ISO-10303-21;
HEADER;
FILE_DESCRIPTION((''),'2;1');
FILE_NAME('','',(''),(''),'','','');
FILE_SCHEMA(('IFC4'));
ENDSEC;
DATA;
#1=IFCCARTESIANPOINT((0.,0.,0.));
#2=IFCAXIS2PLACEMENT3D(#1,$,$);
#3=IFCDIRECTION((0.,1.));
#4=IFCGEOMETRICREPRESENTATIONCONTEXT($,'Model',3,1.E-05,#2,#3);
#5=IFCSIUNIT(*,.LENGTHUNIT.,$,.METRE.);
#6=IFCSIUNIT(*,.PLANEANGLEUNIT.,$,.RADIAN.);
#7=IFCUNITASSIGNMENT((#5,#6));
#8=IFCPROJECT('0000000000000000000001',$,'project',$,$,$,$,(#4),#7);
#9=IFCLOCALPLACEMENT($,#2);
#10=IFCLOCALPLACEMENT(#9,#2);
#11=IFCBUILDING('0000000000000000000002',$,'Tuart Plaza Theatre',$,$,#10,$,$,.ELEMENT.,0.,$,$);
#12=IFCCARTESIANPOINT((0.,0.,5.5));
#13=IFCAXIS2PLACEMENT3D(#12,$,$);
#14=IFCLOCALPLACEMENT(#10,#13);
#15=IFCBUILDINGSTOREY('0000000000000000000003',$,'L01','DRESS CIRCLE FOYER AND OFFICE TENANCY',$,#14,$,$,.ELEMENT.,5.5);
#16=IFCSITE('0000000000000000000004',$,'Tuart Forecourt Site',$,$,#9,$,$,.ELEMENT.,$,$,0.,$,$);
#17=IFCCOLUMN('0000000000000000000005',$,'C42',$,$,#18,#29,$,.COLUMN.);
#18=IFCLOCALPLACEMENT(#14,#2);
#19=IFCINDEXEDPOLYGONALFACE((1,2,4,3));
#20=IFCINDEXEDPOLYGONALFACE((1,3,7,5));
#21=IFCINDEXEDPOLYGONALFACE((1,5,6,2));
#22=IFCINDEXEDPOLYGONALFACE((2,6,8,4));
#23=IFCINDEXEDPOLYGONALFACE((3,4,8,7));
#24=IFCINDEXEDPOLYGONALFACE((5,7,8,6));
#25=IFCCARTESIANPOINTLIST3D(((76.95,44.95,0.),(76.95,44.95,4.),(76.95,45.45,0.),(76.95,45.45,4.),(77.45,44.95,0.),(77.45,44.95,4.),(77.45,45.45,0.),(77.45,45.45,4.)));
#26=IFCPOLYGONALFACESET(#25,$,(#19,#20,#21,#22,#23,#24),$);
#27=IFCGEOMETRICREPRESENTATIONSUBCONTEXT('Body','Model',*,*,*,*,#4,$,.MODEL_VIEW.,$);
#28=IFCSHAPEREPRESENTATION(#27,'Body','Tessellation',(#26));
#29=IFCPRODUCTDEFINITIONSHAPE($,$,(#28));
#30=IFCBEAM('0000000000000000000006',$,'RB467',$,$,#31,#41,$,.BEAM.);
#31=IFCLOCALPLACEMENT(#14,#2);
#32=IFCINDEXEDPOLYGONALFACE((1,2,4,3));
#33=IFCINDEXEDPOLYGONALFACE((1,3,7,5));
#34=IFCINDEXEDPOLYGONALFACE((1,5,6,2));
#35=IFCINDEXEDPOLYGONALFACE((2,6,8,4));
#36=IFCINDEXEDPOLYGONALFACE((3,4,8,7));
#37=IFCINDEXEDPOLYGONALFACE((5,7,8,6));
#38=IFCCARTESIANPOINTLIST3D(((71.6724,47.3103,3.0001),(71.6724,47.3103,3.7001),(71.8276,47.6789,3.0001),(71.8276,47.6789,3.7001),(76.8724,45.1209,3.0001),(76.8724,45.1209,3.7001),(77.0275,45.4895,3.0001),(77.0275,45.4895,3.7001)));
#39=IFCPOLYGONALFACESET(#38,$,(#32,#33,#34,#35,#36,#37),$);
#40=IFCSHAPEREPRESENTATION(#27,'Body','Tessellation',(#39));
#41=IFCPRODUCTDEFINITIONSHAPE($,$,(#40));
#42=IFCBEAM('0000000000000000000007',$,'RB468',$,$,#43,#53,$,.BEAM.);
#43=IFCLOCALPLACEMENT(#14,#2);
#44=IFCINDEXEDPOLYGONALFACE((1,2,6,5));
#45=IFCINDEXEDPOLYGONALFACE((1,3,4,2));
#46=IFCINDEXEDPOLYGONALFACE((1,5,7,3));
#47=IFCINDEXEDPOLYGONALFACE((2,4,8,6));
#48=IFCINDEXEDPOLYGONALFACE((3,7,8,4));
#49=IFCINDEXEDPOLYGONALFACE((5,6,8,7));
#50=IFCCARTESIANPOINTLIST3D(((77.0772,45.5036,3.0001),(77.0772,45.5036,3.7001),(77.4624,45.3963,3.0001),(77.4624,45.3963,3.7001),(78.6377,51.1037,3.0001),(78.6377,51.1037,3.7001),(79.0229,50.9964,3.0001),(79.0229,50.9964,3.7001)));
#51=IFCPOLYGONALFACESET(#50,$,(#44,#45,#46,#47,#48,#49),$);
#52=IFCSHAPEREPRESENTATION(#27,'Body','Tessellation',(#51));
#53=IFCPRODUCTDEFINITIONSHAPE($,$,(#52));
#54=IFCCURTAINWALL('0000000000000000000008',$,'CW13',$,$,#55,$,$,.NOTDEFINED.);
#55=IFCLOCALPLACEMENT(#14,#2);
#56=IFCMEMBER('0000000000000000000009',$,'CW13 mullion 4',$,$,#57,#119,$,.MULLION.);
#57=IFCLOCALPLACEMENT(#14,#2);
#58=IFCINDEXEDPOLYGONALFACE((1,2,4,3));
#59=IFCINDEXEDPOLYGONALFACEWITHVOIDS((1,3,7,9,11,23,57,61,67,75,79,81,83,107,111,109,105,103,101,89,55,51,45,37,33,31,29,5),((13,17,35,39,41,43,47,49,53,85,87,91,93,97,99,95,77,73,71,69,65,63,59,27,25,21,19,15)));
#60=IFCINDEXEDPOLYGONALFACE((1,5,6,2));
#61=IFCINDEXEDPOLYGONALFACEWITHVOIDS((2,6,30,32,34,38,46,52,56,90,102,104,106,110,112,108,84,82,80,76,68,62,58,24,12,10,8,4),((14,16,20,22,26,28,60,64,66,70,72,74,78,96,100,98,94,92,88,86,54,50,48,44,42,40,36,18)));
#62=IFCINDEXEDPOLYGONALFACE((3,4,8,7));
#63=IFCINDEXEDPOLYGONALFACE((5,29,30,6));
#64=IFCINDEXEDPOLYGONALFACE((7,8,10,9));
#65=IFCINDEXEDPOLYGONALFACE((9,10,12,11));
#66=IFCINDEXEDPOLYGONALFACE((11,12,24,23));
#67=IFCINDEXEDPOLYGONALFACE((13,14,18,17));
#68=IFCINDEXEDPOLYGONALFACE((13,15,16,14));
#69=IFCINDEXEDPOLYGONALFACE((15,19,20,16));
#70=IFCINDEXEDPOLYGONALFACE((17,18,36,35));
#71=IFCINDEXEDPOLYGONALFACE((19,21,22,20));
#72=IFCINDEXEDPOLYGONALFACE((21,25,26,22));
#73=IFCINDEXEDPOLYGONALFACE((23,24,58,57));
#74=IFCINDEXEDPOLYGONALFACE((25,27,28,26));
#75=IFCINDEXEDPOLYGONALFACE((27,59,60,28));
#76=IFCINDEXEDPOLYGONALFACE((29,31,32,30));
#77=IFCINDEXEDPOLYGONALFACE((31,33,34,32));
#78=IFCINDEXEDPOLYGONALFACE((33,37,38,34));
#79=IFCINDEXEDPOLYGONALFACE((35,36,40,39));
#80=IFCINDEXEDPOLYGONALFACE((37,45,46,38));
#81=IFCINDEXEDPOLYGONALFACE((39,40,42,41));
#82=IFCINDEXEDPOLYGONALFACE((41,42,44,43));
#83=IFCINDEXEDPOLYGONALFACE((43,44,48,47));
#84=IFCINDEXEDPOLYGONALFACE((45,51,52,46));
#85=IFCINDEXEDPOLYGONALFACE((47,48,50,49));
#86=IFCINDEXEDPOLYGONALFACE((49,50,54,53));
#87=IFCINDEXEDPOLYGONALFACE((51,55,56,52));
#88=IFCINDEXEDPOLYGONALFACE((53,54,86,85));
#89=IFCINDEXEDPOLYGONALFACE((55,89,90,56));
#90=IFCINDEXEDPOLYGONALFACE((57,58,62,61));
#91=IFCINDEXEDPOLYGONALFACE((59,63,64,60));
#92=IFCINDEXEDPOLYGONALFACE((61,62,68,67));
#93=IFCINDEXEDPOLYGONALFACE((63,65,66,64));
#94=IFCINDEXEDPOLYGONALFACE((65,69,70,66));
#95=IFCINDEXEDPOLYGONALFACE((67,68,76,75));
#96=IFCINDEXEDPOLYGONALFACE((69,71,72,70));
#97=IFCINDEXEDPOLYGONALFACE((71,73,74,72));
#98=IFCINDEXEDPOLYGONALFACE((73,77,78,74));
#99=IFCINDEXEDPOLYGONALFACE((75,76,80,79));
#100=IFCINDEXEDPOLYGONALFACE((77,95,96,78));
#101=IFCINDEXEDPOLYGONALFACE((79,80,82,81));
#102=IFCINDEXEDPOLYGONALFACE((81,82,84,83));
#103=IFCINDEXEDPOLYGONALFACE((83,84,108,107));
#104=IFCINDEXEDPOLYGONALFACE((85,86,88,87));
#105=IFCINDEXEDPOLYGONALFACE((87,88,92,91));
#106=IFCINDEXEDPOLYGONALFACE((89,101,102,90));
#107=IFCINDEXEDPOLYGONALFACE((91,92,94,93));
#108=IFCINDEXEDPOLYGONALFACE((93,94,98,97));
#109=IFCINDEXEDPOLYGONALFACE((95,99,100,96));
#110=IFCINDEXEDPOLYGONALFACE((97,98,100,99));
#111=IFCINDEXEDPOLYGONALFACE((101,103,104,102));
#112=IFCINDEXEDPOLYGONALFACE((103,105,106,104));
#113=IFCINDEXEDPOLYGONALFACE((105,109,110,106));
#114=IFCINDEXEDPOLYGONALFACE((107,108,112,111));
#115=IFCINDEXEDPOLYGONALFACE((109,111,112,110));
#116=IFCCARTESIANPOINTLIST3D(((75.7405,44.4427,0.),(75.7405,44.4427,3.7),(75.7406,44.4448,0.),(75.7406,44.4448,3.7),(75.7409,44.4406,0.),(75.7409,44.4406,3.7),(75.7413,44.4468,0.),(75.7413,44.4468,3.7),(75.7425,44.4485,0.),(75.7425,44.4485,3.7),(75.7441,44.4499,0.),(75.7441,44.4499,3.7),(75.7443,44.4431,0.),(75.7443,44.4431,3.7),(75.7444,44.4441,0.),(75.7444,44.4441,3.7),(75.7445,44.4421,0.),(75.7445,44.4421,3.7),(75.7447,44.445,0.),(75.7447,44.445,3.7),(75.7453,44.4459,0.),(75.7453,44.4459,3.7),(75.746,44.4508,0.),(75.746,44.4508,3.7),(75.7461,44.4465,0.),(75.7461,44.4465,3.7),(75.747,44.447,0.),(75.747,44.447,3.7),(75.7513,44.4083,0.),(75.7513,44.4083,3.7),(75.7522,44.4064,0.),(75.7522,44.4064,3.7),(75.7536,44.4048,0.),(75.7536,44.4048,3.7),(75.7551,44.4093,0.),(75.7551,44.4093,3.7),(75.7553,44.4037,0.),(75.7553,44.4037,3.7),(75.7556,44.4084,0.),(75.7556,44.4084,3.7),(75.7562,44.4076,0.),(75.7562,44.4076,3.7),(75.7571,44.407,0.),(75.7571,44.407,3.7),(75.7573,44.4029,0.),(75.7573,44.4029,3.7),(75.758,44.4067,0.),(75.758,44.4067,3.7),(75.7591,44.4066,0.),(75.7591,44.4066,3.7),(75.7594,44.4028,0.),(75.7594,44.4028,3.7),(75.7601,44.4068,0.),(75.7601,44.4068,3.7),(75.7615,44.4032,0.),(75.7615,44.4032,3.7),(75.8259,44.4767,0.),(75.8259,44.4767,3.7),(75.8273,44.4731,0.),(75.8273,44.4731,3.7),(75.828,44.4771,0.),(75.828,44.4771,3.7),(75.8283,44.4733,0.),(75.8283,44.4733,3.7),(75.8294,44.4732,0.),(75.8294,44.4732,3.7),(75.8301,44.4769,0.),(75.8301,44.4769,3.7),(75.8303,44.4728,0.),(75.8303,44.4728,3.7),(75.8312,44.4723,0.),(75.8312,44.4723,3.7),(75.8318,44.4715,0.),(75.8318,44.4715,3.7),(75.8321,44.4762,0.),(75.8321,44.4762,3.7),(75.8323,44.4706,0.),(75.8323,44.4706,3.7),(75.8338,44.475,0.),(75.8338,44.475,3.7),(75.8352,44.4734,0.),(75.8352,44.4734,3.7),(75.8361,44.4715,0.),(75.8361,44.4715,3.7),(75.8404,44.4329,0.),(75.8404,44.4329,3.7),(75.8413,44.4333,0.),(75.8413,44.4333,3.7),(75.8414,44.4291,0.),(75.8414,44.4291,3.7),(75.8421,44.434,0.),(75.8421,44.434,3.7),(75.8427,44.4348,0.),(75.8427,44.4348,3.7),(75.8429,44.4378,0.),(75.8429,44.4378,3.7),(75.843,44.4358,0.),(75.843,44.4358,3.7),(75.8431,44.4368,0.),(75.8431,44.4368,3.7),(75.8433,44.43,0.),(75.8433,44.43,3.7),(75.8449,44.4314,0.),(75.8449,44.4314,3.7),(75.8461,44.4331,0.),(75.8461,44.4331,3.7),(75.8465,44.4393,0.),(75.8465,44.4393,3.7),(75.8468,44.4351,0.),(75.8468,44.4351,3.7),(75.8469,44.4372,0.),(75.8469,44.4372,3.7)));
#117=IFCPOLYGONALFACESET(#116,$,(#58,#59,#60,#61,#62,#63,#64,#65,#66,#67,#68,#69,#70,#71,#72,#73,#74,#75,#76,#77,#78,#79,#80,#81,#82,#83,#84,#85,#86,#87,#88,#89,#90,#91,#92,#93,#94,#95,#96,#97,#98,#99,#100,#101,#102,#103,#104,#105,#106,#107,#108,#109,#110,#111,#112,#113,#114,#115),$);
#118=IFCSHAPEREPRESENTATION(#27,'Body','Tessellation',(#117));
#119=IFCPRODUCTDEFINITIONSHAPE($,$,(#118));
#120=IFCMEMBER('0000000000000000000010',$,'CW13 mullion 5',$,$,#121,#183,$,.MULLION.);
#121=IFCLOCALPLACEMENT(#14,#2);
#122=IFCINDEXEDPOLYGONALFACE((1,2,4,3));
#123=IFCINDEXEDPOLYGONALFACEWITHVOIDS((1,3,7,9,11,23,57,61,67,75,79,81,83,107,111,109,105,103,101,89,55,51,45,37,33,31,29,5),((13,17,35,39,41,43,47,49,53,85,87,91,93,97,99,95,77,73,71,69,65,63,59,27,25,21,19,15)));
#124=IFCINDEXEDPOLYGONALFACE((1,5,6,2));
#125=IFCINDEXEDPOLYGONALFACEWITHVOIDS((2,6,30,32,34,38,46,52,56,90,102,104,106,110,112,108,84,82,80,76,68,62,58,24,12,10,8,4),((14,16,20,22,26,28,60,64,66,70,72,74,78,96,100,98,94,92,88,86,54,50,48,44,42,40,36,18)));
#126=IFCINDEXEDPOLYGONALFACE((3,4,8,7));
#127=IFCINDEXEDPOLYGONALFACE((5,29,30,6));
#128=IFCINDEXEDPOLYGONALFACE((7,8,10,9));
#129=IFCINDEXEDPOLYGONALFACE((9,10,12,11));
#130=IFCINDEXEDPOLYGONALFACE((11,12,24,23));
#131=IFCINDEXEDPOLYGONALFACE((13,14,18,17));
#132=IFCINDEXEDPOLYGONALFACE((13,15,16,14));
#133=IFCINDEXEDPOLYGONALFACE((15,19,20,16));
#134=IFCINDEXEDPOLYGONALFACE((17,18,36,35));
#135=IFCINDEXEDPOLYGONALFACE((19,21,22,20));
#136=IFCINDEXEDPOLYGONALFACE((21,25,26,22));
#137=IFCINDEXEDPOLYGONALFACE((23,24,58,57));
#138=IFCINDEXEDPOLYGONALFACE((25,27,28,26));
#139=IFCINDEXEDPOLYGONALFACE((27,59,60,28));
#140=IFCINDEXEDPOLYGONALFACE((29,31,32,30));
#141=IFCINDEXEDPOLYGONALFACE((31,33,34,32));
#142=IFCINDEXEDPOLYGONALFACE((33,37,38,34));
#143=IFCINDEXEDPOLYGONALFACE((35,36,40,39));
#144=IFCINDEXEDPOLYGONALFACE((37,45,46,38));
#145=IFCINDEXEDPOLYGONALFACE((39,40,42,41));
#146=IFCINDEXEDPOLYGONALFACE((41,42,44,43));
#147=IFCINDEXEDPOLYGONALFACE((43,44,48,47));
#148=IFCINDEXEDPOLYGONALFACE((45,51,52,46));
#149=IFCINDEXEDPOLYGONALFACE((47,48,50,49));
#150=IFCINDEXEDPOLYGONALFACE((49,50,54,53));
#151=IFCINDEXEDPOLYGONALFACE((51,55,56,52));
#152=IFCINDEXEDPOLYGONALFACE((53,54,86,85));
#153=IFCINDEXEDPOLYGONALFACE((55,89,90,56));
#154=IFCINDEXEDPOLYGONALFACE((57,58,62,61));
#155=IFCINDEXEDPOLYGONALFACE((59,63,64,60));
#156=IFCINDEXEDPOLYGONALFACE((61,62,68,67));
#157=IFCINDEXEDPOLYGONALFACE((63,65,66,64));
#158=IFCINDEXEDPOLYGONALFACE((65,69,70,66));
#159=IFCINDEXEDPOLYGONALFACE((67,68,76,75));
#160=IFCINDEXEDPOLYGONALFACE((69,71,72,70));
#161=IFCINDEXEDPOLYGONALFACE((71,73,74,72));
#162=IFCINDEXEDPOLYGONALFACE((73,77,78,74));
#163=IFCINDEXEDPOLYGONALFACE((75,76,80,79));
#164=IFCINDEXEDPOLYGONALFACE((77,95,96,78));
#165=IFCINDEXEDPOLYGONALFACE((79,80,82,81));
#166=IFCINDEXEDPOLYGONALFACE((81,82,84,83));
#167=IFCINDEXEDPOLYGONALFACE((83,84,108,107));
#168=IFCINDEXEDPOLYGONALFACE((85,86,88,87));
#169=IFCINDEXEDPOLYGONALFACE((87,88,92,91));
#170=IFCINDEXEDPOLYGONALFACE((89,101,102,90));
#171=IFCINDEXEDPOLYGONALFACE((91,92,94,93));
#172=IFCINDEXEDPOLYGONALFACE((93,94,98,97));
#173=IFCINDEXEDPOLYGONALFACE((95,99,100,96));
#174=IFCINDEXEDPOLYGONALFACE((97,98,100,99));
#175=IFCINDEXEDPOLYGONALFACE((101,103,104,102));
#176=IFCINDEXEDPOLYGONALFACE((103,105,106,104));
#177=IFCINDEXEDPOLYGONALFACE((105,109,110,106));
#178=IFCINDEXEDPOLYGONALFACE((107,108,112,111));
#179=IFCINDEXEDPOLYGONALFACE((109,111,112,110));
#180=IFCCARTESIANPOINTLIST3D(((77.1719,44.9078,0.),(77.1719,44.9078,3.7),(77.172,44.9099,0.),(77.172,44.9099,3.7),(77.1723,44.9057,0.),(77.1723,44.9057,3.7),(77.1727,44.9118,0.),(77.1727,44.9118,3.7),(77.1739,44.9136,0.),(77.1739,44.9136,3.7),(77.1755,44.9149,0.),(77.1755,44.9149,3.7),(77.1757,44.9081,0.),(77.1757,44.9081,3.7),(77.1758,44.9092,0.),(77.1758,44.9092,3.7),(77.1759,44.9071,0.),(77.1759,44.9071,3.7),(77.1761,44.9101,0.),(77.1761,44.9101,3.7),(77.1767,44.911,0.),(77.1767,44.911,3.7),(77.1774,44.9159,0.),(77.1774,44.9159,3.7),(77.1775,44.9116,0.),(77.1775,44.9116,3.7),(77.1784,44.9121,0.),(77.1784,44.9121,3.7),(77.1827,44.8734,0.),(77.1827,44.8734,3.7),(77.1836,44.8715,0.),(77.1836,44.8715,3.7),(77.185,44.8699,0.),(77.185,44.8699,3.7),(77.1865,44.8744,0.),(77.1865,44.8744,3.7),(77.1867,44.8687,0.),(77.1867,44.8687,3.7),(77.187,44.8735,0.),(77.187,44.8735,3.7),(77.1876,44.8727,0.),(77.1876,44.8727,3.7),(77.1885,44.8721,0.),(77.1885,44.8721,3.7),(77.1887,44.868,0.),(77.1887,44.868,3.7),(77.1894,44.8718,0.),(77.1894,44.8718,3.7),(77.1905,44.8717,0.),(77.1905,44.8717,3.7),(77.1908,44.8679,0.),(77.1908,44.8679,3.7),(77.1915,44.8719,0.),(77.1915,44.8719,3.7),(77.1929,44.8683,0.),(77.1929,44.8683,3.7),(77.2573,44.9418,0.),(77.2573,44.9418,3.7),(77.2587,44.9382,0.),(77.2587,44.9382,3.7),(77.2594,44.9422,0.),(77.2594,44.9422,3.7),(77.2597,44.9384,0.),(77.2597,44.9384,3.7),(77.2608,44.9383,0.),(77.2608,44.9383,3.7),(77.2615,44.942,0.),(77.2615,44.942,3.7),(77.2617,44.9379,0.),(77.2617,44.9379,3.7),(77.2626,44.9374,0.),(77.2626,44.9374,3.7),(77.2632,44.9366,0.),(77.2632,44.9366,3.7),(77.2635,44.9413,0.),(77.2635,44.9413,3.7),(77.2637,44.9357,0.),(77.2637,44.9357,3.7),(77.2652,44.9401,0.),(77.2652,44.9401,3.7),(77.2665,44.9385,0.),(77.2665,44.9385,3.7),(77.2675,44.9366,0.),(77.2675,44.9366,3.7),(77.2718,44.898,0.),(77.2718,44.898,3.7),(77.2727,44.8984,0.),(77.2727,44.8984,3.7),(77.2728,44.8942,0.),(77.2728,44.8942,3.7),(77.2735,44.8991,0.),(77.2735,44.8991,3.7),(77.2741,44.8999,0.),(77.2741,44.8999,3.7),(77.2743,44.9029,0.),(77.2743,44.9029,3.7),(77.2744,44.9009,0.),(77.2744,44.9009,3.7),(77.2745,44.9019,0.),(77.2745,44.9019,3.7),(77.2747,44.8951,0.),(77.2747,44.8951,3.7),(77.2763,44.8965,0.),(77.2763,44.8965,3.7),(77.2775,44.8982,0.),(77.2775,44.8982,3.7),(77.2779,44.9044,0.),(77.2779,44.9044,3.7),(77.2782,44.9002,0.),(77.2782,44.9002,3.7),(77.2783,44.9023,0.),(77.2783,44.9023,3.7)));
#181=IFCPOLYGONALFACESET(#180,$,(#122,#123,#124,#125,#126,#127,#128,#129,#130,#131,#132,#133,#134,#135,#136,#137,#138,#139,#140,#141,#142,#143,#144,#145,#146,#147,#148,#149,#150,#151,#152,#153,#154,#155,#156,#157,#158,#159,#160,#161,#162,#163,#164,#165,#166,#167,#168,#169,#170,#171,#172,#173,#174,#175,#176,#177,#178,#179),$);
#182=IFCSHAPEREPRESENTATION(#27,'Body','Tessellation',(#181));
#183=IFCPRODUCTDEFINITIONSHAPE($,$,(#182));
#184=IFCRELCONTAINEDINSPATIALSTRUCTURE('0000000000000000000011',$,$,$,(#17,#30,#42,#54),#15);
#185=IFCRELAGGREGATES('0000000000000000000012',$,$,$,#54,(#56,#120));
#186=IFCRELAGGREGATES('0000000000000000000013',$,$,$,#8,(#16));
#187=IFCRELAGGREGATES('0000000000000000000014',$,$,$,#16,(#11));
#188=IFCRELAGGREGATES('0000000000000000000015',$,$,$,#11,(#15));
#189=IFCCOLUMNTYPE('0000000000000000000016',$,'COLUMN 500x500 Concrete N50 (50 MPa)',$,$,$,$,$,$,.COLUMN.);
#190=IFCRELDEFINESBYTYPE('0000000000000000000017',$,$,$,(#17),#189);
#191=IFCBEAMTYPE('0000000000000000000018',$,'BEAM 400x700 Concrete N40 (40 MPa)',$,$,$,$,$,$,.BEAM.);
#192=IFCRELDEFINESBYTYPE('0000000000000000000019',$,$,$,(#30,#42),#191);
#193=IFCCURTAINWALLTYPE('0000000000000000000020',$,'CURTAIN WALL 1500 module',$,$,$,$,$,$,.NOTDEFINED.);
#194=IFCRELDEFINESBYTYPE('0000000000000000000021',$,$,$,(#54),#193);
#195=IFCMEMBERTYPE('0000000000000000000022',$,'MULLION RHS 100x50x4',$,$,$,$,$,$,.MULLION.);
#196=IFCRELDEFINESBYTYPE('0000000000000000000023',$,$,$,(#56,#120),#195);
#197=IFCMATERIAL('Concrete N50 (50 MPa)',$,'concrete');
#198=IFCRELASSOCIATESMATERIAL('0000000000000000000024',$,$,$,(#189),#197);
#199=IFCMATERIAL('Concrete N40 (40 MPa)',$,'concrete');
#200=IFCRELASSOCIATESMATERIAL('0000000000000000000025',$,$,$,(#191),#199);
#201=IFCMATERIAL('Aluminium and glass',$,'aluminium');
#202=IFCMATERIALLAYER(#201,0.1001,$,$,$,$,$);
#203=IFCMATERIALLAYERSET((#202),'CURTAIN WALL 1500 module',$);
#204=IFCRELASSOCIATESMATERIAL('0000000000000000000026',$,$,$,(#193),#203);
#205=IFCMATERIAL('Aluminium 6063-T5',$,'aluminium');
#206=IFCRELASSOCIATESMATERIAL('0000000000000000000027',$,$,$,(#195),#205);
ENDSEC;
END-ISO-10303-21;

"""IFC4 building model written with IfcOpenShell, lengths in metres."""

from ifc_helpers import new_model, si_unit, direction, frame, origin, origin_2d, place, context, subcontext, project, spatial, rectangle, hollow_rectangle, extrude, material, layer, layer_set, material_profile, profile_set, type_object, element, aggregate, save


model = new_model("IFC4")

# Units and contexts
model_context = context("Model", 3, precision=1e-05, world=origin(), true_north=direction((0.0, 1.0)))
body_context = subcontext(model_context, "Body", "Model", "MODEL_VIEW")
ifc_project = project(units=[si_unit("LENGTHUNIT", "METRE"), si_unit("PLANEANGLEUNIT", "RADIAN")], contexts=[model_context])

# Site, building, storey
site_placement = place(None, origin())
site = spatial("IfcSite", under=ifc_project, at=site_placement, Name="Tuart Forecourt Site", CompositionType="ELEMENT", RefElevation=0.0)
building_placement = place(site_placement, origin())
building = spatial("IfcBuilding", under=site, at=building_placement, Name="Tuart Plaza Theatre", CompositionType="ELEMENT", ElevationOfRefHeight=0.0)
storey_placement = place(building_placement, frame((0.0, 0.0, 5.5)))
storey = spatial("IfcBuildingStorey", under=building, at=storey_placement, Name="L01", Description="DRESS CIRCLE FOYER AND OFFICE TENANCY", CompositionType="ELEMENT", Elevation=5.5)

# Column
ifc_material_1 = material(Name="Concrete N50 (50 MPa)", Category="concrete")
ifc_material_profile_1 = material_profile(ifc_material_1, rectangle(XDim=0.5, YDim=0.5, at=origin_2d()), Name="COLUMN 500x500 Concrete N50 (50 MPa)")
ifc_profile_set_1 = profile_set([ifc_material_profile_1], Name="Concrete N50 (50 MPa)")
column_type = type_object("IfcColumnType", Name="COLUMN 500x500 Concrete N50 (50 MPa)", PredefinedType="COLUMN", material=ifc_profile_set_1)
column_placement = place(storey_placement, frame((77.2, 45.2, 0.0), z_axis=(0.0, 0.0, 1.0), x_axis=(1.0, 0.0, 0.0)))
element("IfcColumn", 1, at=column_placement, inside=storey, type_object=column_type, Name="C42", PredefinedType="COLUMN", context=body_context, shape_type="SweptSolid", body=[
    extrude(rectangle(XDim=0.5, YDim=0.5, at=origin_2d()), origin(), (0.0, 0.0, 1.0), 4.0),
])

# Beams
ifc_material_2 = material(Name="Concrete N40 (40 MPa)", Category="concrete")
ifc_material_profile_2 = material_profile(ifc_material_2, rectangle(XDim=0.3999, YDim=0.7, at=origin_2d()), Name="BEAM 400x700 Concrete N40 (40 MPa)")
ifc_profile_set_2 = profile_set([ifc_material_profile_2], Name="Concrete N40 (40 MPa)")
beam_type = type_object("IfcBeamType", Name="BEAM 400x700 Concrete N40 (40 MPa)", PredefinedType="BEAM", material=ifc_profile_set_2)
beam_1_placement = place(storey_placement, frame((76.95, 45.3052, 3.3501), z_axis=(-0.921635, 0.388057, 0.0), x_axis=(-0.388057, -0.921635, 0.0)))
element("IfcBeam", 2, at=beam_1_placement, inside=storey, type_object=beam_type, Name="RB467", PredefinedType="BEAM", context=body_context, shape_type="SweptSolid", body=[
    extrude(rectangle(XDim=0.3999, YDim=0.7, at=origin_2d()), origin(), (0.0, 0.0, 1.0), 5.6421),
])
beam_2_placement = place(storey_placement, frame((77.2698, 45.45, 3.3501), z_axis=(0.268437, 0.963297, 0.0), x_axis=(-0.963297, 0.268437, 0.0)))
element("IfcBeam", 3, at=beam_2_placement, inside=storey, type_object=beam_type, Name="RB468", PredefinedType="BEAM", context=body_context, shape_type="SweptSolid", body=[
    extrude(rectangle(XDim=0.3999, YDim=0.7, at=origin_2d()), origin(), (0.0, 0.0, 1.0), 5.8135),
])

# Curtain wall, members
ifc_material_3 = material(Name="Aluminium and glass", Category="aluminium")
ifc_layer_1 = layer(ifc_material_3, 0.1001)
ifc_layer_set_1 = layer_set([ifc_layer_1], Name="CURTAIN WALL 1500 module")
curtain_wall_type = type_object("IfcCurtainWallType", Name="CURTAIN WALL 1500 module", PredefinedType="NOTDEFINED", material=ifc_layer_set_1)
curtain_wall_placement = place(storey_placement, origin())
curtain_wall = element("IfcCurtainWall", 4, at=curtain_wall_placement, inside=storey, type_object=curtain_wall_type, Name="CW13", PredefinedType="NOTDEFINED")
ifc_material_4 = material(Name="Aluminium 6063-T5", Category="aluminium")
ifc_material_profile_3 = material_profile(ifc_material_4, hollow_rectangle(XDim=0.05, YDim=0.1001, WallThickness=0.0039, InnerFilletRadius=0.0039, OuterFilletRadius=0.0081, at=origin_2d()), Name="RHS 100x50x4")
ifc_profile_set_3 = profile_set([ifc_material_profile_3], Name="Aluminium 6063-T5")
member_type_1 = type_object("IfcMemberType", Name="MULLION RHS 100x50x4", PredefinedType="MULLION", material=ifc_profile_set_3)
member_1_placement = place(storey_placement, frame((75.7937, 44.4399, 0.0), z_axis=(0.0, 0.0, 1.0), x_axis=(-0.308986, 0.951067, 0.0)))
member_1 = element("IfcMember", 5, at=member_1_placement, type_object=member_type_1, Name="CW13 mullion 4", PredefinedType="MULLION", context=body_context, shape_type="SweptSolid", body=[
    extrude(hollow_rectangle(XDim=0.05, YDim=0.1001, WallThickness=0.0039, InnerFilletRadius=0.0039, OuterFilletRadius=0.0081, at=origin_2d()), origin(), (0.0, 0.0, 1.0), 3.7),
])
member_2_placement = place(storey_placement, frame((77.2251, 44.905, 0.0), z_axis=(0.0, 0.0, 1.0), x_axis=(-0.308986, 0.951067, 0.0)))
member_2 = element("IfcMember", 6, at=member_2_placement, type_object=member_type_1, Name="CW13 mullion 5", PredefinedType="MULLION", context=body_context, shape_type="SweptSolid", body=[
    extrude(hollow_rectangle(XDim=0.05, YDim=0.1001, WallThickness=0.0039, InnerFilletRadius=0.0039, OuterFilletRadius=0.0081, at=origin_2d()), origin(), (0.0, 0.0, 1.0), 3.7),
])
aggregate(curtain_wall, [member_1, member_2])

save(model, "model.ifc")
